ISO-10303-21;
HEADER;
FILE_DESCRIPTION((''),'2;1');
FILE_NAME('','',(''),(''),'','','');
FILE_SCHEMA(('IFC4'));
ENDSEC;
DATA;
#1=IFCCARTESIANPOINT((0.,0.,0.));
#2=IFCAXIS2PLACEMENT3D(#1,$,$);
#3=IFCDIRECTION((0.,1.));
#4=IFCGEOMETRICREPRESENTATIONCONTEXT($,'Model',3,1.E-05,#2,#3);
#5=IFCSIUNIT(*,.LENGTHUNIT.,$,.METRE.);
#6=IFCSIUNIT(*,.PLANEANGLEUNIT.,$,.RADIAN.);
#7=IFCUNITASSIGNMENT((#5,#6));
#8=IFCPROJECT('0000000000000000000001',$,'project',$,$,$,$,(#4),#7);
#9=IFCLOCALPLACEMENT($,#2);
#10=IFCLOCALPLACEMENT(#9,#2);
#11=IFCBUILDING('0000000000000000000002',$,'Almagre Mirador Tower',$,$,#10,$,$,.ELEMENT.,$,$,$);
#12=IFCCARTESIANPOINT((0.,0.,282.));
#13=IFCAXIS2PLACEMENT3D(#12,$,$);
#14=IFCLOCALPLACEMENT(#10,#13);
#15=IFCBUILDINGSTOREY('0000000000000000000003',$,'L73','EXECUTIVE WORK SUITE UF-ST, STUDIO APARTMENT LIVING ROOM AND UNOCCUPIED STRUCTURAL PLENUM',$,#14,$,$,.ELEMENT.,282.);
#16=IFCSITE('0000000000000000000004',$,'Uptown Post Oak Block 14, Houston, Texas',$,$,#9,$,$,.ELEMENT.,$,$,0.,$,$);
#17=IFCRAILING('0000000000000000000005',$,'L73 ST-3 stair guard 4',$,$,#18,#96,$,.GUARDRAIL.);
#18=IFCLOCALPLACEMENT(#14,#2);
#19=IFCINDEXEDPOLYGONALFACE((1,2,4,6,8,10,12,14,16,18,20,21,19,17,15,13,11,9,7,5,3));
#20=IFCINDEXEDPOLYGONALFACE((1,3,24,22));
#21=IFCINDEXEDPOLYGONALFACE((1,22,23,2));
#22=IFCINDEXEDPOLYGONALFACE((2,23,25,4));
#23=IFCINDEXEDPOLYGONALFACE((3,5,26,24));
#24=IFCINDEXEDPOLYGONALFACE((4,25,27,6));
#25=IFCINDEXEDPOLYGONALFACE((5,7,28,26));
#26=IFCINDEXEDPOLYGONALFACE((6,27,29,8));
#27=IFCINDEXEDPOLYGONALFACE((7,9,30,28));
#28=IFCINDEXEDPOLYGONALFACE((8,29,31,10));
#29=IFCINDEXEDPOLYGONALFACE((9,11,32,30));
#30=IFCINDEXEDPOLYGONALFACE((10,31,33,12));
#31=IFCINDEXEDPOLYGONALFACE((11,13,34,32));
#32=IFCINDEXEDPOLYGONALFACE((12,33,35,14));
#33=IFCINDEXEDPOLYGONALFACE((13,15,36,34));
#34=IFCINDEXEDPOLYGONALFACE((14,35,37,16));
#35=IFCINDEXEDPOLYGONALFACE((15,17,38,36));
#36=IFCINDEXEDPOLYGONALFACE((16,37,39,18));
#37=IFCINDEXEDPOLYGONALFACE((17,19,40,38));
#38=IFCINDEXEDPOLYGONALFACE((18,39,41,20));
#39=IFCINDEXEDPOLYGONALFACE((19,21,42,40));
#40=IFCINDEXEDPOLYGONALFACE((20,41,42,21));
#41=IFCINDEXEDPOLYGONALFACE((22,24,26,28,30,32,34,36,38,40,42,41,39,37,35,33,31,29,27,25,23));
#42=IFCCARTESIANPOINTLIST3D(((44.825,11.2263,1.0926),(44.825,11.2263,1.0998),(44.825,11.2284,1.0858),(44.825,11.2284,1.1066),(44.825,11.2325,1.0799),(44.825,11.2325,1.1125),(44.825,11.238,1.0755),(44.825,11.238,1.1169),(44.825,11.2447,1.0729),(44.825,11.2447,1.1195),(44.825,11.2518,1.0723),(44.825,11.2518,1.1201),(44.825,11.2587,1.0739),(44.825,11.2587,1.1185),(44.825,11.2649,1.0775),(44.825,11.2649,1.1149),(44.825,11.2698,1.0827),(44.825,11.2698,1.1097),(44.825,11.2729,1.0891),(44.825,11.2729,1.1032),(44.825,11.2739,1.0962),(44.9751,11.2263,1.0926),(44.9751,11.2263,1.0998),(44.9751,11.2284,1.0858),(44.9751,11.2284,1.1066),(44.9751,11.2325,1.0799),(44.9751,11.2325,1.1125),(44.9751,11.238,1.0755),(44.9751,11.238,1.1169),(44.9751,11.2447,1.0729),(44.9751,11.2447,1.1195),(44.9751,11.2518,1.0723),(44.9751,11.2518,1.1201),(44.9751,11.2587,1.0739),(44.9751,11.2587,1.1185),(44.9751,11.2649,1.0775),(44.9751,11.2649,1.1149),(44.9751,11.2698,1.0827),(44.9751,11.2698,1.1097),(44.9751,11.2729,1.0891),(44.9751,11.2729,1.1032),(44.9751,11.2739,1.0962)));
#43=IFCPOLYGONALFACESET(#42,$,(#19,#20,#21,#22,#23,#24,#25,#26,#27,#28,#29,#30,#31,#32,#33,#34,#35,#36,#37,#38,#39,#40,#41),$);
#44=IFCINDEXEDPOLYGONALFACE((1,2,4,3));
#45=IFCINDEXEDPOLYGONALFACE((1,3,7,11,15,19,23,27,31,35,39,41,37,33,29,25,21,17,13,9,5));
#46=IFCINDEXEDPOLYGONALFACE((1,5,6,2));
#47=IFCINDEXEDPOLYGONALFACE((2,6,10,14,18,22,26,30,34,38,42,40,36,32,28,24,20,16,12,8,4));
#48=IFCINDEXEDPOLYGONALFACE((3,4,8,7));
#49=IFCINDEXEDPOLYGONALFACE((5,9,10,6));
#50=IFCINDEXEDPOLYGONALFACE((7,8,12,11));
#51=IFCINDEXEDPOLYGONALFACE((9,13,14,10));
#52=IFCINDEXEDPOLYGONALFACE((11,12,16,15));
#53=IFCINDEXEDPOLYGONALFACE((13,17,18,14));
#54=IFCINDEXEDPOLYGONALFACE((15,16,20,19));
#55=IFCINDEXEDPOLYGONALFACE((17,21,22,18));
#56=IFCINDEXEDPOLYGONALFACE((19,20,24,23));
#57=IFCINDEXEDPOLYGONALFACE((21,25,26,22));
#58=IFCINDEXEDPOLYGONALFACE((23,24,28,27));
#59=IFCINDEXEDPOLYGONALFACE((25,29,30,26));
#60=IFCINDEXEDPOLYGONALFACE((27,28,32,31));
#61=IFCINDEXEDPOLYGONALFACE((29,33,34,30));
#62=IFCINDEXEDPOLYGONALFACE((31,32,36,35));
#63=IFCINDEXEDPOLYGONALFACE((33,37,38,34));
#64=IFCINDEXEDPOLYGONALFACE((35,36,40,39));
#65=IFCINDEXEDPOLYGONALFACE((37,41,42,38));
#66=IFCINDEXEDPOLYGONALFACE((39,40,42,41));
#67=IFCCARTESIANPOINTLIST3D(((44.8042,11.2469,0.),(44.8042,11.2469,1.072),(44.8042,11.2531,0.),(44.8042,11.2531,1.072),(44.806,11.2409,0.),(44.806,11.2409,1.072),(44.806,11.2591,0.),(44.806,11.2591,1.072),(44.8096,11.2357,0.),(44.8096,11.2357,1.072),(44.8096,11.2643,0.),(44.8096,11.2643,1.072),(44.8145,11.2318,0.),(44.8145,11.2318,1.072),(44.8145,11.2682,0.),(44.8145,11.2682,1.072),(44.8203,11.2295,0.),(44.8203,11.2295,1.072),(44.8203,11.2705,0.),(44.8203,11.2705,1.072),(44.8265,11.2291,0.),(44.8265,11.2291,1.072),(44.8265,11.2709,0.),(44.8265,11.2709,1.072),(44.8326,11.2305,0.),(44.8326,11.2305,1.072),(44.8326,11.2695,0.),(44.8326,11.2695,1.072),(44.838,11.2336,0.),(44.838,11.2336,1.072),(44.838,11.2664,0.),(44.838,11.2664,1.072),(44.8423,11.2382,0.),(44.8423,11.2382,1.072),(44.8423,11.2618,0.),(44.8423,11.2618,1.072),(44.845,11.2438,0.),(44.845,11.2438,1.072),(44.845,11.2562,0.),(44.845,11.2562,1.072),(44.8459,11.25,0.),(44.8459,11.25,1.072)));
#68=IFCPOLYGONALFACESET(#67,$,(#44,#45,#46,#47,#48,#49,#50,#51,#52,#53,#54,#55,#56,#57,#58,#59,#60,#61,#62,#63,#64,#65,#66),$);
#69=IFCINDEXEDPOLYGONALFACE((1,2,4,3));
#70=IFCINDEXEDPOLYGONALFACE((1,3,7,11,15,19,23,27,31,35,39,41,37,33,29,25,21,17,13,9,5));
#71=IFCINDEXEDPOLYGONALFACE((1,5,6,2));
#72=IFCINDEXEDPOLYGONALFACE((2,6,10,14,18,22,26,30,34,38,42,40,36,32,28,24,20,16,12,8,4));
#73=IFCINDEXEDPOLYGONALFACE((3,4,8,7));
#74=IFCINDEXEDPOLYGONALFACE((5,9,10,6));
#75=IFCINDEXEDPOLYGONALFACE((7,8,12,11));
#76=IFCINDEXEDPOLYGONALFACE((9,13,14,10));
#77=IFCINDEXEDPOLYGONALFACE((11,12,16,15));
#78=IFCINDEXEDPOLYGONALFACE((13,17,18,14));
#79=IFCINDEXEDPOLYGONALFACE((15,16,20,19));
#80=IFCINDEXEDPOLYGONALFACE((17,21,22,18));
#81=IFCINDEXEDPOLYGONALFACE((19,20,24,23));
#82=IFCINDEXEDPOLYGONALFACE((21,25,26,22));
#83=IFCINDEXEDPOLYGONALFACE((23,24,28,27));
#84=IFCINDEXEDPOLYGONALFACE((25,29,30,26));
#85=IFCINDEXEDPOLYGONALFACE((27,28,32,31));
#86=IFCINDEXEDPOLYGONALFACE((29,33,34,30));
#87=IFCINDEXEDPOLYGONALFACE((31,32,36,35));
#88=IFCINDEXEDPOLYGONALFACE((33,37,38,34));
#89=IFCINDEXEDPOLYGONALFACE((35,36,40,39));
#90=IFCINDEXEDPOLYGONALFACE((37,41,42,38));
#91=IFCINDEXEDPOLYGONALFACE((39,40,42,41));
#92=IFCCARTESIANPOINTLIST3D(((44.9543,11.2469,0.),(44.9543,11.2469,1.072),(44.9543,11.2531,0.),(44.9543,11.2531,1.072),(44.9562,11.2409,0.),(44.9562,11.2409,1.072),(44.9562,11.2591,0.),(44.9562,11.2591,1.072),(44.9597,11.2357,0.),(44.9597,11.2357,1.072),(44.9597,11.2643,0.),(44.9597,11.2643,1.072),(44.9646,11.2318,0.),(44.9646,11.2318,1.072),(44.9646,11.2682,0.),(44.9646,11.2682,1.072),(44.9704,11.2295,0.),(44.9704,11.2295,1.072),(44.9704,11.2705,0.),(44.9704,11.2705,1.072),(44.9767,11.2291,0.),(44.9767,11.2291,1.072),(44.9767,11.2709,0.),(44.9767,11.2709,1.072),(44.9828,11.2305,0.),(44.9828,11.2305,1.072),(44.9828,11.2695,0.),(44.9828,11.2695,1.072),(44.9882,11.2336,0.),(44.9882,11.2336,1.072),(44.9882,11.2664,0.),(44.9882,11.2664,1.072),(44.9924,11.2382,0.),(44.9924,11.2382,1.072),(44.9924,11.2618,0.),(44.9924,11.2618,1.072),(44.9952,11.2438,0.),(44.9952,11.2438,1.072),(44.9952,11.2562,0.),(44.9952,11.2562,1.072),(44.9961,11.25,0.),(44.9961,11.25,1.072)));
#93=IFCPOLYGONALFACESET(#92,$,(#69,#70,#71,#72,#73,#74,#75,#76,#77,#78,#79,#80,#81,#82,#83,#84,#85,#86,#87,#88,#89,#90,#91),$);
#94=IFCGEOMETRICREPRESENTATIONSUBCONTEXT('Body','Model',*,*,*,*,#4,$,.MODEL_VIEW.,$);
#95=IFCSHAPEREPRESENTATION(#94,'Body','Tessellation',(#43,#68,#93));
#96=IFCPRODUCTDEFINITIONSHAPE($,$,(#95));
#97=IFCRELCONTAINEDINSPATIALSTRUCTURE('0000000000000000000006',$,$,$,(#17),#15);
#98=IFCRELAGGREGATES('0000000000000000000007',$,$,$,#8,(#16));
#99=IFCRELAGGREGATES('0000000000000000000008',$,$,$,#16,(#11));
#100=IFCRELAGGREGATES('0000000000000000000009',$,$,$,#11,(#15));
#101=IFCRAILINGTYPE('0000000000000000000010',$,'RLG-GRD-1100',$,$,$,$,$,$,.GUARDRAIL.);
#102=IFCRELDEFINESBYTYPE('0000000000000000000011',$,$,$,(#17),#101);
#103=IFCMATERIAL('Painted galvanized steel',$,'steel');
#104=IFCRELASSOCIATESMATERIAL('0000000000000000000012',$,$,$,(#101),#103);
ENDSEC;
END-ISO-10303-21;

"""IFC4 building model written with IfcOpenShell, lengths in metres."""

from ifc_helpers import new_model, si_unit, direction, frame, origin, origin_2d, place, context, subcontext, project, spatial, circle, extrude, material, type_object, element, save


model = new_model("IFC4")

# Units and contexts
model_context = context("Model", 3, precision=1e-05, world=origin(), true_north=direction((0.0, 1.0)))
body_context = subcontext(model_context, "Body", "Model", "MODEL_VIEW")
ifc_project = project(units=[si_unit("LENGTHUNIT", "METRE"), si_unit("PLANEANGLEUNIT", "RADIAN")], contexts=[model_context])

# Site, building, storey
site_placement = place(None, origin())
site = spatial("IfcSite", under=ifc_project, at=site_placement, Name="Uptown Post Oak Block 14, Houston, Texas", CompositionType="ELEMENT", RefElevation=0.0)
building_placement = place(site_placement, origin())
building = spatial("IfcBuilding", under=site, at=building_placement, Name="Almagre Mirador Tower", CompositionType="ELEMENT")
storey_placement = place(building_placement, frame((0.0, 0.0, 282.0)))
storey = spatial("IfcBuildingStorey", under=building, at=storey_placement, Name="L73", Description="EXECUTIVE WORK SUITE UF-ST, STUDIO APARTMENT LIVING ROOM AND UNOCCUPIED STRUCTURAL PLENUM", CompositionType="ELEMENT", Elevation=282.0)

# Railing
ifc_material_1 = material(Name="Painted galvanized steel", Category="steel")
railing_type_1 = type_object("IfcRailingType", Name="RLG-GRD-1100", PredefinedType="GUARDRAIL", material=ifc_material_1)
railing_1_placement = place(storey_placement, frame((44.825, 11.25, 0.0)))
element("IfcRailing", 1, at=railing_1_placement, inside=storey, type_object=railing_type_1, Name="L73 ST-3 stair guard 4", PredefinedType="GUARDRAIL", context=body_context, shape_type="SweptSolid", body=[
    extrude(circle(Radius=0.0239, at=origin_2d()), frame((0.0, 0.0, 1.0962), z_axis=(1.0, 0.0, 0.0), x_axis=(0.0, 1.0, 0.0)), (0.0, 0.0, 1.0), 0.1501),
    extrude(circle(Radius=0.021, at=origin_2d()), origin(), (0.0, 0.0, 1.0), 1.072),
    extrude(circle(Radius=0.021, at=origin_2d()), frame((0.1501, 0.0, 0.0)), (0.0, 0.0, 1.0), 1.072),
])

save(model, "model.ifc")
